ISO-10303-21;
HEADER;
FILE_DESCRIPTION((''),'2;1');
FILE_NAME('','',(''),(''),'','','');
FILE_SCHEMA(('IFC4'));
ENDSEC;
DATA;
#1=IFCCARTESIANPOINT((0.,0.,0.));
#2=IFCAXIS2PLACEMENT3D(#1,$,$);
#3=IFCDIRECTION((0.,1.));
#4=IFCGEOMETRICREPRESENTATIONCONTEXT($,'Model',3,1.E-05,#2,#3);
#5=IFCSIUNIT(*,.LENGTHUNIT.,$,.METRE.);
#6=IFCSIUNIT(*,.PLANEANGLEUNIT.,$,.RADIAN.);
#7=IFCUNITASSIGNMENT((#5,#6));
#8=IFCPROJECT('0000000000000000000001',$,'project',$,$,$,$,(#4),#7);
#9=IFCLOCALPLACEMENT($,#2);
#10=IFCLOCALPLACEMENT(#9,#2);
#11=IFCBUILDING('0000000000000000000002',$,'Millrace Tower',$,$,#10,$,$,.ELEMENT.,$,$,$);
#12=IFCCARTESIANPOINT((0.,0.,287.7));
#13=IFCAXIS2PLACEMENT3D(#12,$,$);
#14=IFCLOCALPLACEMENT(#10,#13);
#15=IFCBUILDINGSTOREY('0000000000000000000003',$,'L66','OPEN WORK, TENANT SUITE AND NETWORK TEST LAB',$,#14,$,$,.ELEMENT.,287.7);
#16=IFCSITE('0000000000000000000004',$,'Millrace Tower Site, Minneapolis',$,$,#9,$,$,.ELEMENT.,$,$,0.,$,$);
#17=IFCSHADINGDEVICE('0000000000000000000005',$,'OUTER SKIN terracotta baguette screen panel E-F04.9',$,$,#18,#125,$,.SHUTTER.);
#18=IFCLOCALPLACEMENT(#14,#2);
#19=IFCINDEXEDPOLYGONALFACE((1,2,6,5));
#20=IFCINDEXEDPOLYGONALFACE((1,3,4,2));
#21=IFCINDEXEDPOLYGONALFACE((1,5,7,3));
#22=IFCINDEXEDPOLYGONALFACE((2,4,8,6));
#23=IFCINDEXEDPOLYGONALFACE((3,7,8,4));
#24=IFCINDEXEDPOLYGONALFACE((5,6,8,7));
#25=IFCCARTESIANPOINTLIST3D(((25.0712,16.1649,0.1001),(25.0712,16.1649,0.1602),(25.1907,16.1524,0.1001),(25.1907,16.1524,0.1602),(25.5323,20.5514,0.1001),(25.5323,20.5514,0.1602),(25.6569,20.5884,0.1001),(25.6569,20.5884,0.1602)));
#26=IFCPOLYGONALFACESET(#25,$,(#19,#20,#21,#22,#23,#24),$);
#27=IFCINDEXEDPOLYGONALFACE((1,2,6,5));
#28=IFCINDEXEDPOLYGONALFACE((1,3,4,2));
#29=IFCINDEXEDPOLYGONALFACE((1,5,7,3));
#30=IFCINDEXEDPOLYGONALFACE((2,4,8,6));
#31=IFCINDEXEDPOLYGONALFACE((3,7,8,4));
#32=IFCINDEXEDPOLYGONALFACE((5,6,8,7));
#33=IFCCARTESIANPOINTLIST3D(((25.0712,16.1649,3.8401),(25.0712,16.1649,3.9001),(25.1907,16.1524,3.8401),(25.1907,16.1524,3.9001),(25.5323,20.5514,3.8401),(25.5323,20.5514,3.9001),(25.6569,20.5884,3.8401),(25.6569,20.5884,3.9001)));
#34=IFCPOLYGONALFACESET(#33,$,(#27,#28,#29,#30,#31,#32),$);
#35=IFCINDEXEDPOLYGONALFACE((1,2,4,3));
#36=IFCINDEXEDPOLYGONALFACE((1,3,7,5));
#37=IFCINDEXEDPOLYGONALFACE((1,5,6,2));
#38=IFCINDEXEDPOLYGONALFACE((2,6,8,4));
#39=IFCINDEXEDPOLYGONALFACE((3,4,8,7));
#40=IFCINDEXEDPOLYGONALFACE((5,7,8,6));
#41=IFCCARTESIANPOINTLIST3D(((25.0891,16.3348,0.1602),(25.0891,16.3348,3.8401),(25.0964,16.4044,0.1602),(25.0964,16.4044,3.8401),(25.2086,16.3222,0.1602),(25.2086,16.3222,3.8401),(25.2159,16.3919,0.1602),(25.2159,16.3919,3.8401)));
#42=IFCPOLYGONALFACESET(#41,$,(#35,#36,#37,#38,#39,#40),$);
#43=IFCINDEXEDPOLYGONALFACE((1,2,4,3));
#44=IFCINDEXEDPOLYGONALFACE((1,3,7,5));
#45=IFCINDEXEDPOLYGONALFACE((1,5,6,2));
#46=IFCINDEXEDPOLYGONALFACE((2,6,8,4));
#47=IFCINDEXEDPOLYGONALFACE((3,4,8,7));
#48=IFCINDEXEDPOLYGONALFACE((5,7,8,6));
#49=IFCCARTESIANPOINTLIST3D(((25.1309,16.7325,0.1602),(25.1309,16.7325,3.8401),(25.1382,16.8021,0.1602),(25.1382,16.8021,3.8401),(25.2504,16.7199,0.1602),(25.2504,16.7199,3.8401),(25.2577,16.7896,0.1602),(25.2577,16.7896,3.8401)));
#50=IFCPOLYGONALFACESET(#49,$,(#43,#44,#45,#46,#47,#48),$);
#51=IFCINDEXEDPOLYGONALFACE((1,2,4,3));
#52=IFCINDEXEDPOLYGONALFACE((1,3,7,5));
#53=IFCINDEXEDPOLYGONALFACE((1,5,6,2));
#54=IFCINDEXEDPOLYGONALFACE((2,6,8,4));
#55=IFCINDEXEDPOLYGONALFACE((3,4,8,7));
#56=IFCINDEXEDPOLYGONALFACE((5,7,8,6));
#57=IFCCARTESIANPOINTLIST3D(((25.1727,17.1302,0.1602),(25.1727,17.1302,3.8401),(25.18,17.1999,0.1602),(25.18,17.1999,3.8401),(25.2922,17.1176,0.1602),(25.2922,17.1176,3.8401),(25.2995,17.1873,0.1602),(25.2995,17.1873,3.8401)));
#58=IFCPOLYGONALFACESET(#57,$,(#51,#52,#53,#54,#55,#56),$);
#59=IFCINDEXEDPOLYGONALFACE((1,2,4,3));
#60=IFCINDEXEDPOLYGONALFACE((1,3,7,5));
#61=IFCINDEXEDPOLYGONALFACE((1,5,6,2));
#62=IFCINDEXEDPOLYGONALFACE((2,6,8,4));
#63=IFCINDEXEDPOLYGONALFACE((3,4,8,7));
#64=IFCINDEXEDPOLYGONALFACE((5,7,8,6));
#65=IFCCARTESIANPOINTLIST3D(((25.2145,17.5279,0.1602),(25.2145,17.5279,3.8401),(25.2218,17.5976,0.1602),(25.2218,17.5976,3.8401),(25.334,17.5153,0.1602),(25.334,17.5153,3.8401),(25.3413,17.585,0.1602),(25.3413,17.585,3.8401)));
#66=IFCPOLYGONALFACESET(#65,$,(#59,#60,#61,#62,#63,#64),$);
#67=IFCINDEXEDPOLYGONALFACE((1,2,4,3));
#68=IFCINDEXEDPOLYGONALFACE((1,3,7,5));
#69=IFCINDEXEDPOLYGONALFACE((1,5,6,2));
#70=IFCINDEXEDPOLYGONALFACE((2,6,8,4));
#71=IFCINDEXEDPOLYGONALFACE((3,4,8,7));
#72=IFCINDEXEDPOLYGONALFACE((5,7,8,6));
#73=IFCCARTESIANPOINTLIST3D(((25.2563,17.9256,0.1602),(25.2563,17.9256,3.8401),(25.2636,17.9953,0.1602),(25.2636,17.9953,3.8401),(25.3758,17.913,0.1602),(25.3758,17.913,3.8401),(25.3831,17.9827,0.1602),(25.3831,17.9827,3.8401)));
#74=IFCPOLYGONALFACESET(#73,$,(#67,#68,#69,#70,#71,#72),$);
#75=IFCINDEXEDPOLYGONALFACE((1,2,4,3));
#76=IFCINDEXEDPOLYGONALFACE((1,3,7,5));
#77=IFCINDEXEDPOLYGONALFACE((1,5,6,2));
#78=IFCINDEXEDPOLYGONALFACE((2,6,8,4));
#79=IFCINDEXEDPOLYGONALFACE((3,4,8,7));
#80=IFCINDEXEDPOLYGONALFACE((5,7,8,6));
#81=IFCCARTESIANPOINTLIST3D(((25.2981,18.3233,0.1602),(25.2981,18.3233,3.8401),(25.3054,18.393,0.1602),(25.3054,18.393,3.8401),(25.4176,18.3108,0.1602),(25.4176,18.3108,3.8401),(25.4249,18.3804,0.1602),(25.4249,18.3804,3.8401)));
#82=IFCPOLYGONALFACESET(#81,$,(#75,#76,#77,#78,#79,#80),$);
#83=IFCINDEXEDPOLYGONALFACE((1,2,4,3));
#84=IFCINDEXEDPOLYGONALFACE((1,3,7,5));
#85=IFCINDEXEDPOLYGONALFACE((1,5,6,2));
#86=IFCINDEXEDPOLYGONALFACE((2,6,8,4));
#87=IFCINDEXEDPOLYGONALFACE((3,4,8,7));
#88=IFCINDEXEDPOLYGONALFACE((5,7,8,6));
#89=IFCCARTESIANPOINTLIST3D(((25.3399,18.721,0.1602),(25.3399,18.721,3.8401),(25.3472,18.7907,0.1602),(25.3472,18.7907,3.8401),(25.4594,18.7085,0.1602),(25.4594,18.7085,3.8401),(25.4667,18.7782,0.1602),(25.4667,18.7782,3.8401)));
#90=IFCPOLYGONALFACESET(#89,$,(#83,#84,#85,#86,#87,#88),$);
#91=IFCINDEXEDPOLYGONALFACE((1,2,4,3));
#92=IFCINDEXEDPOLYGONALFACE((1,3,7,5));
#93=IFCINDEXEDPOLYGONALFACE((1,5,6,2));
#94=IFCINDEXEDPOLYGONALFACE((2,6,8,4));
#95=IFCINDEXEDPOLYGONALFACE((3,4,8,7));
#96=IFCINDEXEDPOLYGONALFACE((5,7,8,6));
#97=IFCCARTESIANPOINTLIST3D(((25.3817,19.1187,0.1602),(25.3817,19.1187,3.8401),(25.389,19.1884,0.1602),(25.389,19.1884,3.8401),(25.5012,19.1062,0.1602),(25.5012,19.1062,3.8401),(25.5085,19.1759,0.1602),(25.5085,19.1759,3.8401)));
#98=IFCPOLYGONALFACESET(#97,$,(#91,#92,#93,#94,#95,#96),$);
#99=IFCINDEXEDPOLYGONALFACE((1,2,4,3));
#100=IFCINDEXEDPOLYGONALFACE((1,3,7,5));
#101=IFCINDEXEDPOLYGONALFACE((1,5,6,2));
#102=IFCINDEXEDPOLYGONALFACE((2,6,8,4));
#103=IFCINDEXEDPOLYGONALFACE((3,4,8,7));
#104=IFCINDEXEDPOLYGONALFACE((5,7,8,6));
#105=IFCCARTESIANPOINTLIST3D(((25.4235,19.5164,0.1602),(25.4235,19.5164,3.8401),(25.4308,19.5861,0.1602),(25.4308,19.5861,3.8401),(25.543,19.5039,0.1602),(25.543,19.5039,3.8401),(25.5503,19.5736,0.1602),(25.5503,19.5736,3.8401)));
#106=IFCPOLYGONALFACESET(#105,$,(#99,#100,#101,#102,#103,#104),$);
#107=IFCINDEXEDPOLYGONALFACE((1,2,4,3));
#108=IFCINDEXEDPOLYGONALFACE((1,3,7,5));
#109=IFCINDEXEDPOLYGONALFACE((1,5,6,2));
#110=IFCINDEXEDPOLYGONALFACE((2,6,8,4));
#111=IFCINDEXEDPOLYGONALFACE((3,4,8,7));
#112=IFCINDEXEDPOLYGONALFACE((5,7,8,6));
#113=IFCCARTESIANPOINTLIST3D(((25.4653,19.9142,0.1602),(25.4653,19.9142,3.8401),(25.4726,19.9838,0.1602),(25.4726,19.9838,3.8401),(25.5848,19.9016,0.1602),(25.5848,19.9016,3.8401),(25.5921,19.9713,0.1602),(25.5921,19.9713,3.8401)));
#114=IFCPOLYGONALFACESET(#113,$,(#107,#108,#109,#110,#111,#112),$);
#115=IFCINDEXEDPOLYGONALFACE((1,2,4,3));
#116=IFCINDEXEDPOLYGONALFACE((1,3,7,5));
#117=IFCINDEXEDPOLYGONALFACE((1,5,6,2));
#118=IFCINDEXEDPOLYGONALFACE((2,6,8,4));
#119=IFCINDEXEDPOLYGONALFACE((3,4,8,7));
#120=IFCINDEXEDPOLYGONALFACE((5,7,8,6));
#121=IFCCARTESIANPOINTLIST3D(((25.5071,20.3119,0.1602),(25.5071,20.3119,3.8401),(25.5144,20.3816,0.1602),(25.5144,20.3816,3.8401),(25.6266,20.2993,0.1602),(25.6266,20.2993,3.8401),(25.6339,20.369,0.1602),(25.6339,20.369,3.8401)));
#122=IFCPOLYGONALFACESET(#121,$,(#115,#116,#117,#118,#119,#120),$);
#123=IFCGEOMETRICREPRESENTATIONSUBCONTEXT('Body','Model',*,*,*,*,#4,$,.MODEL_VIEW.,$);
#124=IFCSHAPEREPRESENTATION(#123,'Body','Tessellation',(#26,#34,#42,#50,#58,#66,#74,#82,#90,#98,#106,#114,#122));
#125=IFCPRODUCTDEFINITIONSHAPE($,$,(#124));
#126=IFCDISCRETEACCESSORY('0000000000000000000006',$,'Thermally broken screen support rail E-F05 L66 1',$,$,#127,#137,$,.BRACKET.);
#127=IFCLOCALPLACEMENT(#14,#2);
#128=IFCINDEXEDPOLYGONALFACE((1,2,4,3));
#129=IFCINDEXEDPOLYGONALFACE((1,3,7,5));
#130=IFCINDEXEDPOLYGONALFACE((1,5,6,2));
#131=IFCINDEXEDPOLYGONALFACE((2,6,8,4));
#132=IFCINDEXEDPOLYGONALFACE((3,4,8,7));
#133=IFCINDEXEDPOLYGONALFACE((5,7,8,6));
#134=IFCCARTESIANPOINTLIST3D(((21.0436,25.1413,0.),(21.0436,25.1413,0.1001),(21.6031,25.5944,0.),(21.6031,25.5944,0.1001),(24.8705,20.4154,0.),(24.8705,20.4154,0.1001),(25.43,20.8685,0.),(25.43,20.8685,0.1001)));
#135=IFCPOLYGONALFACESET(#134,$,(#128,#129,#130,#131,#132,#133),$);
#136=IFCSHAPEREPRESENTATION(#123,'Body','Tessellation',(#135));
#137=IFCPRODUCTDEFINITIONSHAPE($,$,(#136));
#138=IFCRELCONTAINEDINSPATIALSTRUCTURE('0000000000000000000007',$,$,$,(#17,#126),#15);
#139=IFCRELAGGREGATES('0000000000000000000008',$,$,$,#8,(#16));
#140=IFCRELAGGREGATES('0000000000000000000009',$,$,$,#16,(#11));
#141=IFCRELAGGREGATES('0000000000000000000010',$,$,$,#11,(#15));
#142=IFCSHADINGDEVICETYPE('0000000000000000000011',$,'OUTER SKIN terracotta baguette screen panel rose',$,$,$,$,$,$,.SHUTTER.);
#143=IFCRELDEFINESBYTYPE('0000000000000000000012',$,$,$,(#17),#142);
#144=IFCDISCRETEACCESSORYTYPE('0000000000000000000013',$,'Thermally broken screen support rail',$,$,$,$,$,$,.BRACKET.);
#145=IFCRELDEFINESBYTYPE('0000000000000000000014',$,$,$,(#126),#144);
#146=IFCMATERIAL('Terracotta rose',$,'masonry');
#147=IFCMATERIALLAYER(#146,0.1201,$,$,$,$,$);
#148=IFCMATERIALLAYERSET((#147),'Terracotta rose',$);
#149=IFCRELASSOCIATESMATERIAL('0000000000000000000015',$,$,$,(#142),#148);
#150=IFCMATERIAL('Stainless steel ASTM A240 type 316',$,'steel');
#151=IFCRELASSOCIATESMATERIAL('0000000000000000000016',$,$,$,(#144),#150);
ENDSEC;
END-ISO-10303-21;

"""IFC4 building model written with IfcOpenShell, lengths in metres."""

from ifc_helpers import new_model, entity, si_unit, direction, frame, frame_2d, origin, origin_2d, place, context, subcontext, project, spatial, rectangle, extrude, source, transform, mapped, material, layer, layer_set, type_object, element, save


model = new_model("IFC4")

# Units and contexts
model_context = context("Model", 3, precision=1e-05, world=origin(), true_north=direction((0.0, 1.0)))
body_context = subcontext(model_context, "Body", "Model", "MODEL_VIEW")
ifc_project = project(units=[si_unit("LENGTHUNIT", "METRE"), si_unit("PLANEANGLEUNIT", "RADIAN")], contexts=[model_context])

# Site, building, storey
site_placement = place(None, origin())
site = spatial("IfcSite", under=ifc_project, at=site_placement, Name="Millrace Tower Site, Minneapolis", CompositionType="ELEMENT", RefElevation=0.0)
building_placement = place(site_placement, origin())
building = spatial("IfcBuilding", under=site, at=building_placement, Name="Millrace Tower", CompositionType="ELEMENT")
storey_placement = place(building_placement, frame((0.0, 0.0, 287.7)))
storey = spatial("IfcBuildingStorey", under=building, at=storey_placement, Name="L66", Description="OPEN WORK, TENANT SUITE AND NETWORK TEST LAB", CompositionType="ELEMENT", Elevation=287.7)

# Shading device
ifc_material_1 = material(Name="Terracotta rose", Category="masonry")
ifc_layer_1 = layer(ifc_material_1, 0.1201)
ifc_layer_set_1 = layer_set([ifc_layer_1], Name="Terracotta rose")
shading_device_type = type_object("IfcShadingDeviceType", Name="OUTER SKIN terracotta baguette screen panel rose", PredefinedType="SHUTTER", material=ifc_layer_set_1)
cartesian_point_1 = entity("IfcCartesianPoint", [-2.2178, 0.0601])
shared_polyline_1 = entity("IfcPolyline", [cartesian_point_1, entity("IfcCartesianPoint", [2.1929, 0.0601]), entity("IfcCartesianPoint", [2.2427, -0.0601]), entity("IfcCartesianPoint", [-2.2178, -0.0601]), cartesian_point_1])
shared_shape_1 = source(origin(), body_context, "Body", "SweptSolid", [
    entity("IfcExtrudedAreaSolid", entity("IfcArbitraryClosedProfileDef", "AREA", None, shared_polyline_1), entity("IfcAxis2Placement3D", entity("IfcCartesianPoint", [0.0, 0.0, 0.0])), entity("IfcDirection", [0.0, 0.0, 1.0]), 0.0601),
    entity("IfcExtrudedAreaSolid", entity("IfcArbitraryClosedProfileDef", "AREA", None, shared_polyline_1), entity("IfcAxis2Placement3D", entity("IfcCartesianPoint", [0.0, 0.0, 3.74])), entity("IfcDirection", [0.0, 0.0, 1.0]), 0.0601),
    extrude(rectangle(XDim=0.0701, YDim=0.1201, at=frame_2d((-2.012, 0.0))), frame((0.0, 0.0, 0.0601)), (0.0, 0.0, 1.0), 3.6799),
    extrude(rectangle(XDim=0.0701, YDim=0.1201, at=frame_2d((-1.6121, 0.0))), frame((0.0, 0.0, 0.0601)), (0.0, 0.0, 1.0), 3.6799),
    extrude(rectangle(XDim=0.0701, YDim=0.1201, at=frame_2d((-1.2122, 0.0))), frame((0.0, 0.0, 0.0601)), (0.0, 0.0, 1.0), 3.6799),
    extrude(rectangle(XDim=0.0701, YDim=0.1201, at=frame_2d((-0.8123, 0.0))), frame((0.0, 0.0, 0.0601)), (0.0, 0.0, 1.0), 3.6799),
    extrude(rectangle(XDim=0.0701, YDim=0.1201, at=frame_2d((-0.4124, 0.0))), frame((0.0, 0.0, 0.0601)), (0.0, 0.0, 1.0), 3.6799),
    extrude(rectangle(XDim=0.0701, YDim=0.1201, at=frame_2d((-0.0125, 0.0))), frame((0.0, 0.0, 0.0601)), (0.0, 0.0, 1.0), 3.6799),
    extrude(rectangle(XDim=0.0701, YDim=0.1201, at=frame_2d((0.3875, 0.0))), frame((0.0, 0.0, 0.0601)), (0.0, 0.0, 1.0), 3.6799),
    extrude(rectangle(XDim=0.0701, YDim=0.1201, at=frame_2d((0.7874, 0.0))), frame((0.0, 0.0, 0.0601)), (0.0, 0.0, 1.0), 3.6799),
    extrude(rectangle(XDim=0.0701, YDim=0.1201, at=frame_2d((1.1873, 0.0))), frame((0.0, 0.0, 0.0601)), (0.0, 0.0, 1.0), 3.6799),
    extrude(rectangle(XDim=0.0701, YDim=0.1201, at=frame_2d((1.5872, 0.0))), frame((0.0, 0.0, 0.0601)), (0.0, 0.0, 1.0), 3.6799),
    extrude(rectangle(XDim=0.0701, YDim=0.1201, at=frame_2d((1.9871, 0.0))), frame((0.0, 0.0, 0.0601)), (0.0, 0.0, 1.0), 3.6799),
])
shading_device_1_placement = place(storey_placement, frame((25.3628, 18.3643, 0.1001), z_axis=(0.0, 0.0, 1.0), x_axis=(0.104528, 0.994522, 0.0)))
element("IfcShadingDevice", 1, at=shading_device_1_placement, inside=storey, type_object=shading_device_type, Name="OUTER SKIN terracotta baguette screen panel E-F04.9", PredefinedType="SHUTTER", context=body_context, shape_type="MappedRepresentation", body=[
    mapped(shared_shape_1, transform((0.0, 0.0, 0.0), scale=1.0)),
])

# Discrete accessory
ifc_material_2 = material(Name="Stainless steel ASTM A240 type 316", Category="steel")
discrete_accessory_type = type_object("IfcDiscreteAccessoryType", Name="Thermally broken screen support rail", PredefinedType="BRACKET", material=ifc_material_2)
discrete_accessory_placement = place(storey_placement, frame((23.2368, 23.0049, 0.0), z_axis=(0.0, 0.0, 1.0), x_axis=(-0.62932, 0.777146, 0.0)))
element("IfcDiscreteAccessory", 2, at=discrete_accessory_placement, inside=storey, type_object=discrete_accessory_type, Name="Thermally broken screen support rail E-F05 L66 1", PredefinedType="BRACKET", context=body_context, shape_type="SweptSolid", body=[
    extrude(rectangle(XDim=6.0811, YDim=0.72, at=origin_2d()), origin(), (0.0, 0.0, 1.0), 0.1001),
])

save(model, "model.ifc")
